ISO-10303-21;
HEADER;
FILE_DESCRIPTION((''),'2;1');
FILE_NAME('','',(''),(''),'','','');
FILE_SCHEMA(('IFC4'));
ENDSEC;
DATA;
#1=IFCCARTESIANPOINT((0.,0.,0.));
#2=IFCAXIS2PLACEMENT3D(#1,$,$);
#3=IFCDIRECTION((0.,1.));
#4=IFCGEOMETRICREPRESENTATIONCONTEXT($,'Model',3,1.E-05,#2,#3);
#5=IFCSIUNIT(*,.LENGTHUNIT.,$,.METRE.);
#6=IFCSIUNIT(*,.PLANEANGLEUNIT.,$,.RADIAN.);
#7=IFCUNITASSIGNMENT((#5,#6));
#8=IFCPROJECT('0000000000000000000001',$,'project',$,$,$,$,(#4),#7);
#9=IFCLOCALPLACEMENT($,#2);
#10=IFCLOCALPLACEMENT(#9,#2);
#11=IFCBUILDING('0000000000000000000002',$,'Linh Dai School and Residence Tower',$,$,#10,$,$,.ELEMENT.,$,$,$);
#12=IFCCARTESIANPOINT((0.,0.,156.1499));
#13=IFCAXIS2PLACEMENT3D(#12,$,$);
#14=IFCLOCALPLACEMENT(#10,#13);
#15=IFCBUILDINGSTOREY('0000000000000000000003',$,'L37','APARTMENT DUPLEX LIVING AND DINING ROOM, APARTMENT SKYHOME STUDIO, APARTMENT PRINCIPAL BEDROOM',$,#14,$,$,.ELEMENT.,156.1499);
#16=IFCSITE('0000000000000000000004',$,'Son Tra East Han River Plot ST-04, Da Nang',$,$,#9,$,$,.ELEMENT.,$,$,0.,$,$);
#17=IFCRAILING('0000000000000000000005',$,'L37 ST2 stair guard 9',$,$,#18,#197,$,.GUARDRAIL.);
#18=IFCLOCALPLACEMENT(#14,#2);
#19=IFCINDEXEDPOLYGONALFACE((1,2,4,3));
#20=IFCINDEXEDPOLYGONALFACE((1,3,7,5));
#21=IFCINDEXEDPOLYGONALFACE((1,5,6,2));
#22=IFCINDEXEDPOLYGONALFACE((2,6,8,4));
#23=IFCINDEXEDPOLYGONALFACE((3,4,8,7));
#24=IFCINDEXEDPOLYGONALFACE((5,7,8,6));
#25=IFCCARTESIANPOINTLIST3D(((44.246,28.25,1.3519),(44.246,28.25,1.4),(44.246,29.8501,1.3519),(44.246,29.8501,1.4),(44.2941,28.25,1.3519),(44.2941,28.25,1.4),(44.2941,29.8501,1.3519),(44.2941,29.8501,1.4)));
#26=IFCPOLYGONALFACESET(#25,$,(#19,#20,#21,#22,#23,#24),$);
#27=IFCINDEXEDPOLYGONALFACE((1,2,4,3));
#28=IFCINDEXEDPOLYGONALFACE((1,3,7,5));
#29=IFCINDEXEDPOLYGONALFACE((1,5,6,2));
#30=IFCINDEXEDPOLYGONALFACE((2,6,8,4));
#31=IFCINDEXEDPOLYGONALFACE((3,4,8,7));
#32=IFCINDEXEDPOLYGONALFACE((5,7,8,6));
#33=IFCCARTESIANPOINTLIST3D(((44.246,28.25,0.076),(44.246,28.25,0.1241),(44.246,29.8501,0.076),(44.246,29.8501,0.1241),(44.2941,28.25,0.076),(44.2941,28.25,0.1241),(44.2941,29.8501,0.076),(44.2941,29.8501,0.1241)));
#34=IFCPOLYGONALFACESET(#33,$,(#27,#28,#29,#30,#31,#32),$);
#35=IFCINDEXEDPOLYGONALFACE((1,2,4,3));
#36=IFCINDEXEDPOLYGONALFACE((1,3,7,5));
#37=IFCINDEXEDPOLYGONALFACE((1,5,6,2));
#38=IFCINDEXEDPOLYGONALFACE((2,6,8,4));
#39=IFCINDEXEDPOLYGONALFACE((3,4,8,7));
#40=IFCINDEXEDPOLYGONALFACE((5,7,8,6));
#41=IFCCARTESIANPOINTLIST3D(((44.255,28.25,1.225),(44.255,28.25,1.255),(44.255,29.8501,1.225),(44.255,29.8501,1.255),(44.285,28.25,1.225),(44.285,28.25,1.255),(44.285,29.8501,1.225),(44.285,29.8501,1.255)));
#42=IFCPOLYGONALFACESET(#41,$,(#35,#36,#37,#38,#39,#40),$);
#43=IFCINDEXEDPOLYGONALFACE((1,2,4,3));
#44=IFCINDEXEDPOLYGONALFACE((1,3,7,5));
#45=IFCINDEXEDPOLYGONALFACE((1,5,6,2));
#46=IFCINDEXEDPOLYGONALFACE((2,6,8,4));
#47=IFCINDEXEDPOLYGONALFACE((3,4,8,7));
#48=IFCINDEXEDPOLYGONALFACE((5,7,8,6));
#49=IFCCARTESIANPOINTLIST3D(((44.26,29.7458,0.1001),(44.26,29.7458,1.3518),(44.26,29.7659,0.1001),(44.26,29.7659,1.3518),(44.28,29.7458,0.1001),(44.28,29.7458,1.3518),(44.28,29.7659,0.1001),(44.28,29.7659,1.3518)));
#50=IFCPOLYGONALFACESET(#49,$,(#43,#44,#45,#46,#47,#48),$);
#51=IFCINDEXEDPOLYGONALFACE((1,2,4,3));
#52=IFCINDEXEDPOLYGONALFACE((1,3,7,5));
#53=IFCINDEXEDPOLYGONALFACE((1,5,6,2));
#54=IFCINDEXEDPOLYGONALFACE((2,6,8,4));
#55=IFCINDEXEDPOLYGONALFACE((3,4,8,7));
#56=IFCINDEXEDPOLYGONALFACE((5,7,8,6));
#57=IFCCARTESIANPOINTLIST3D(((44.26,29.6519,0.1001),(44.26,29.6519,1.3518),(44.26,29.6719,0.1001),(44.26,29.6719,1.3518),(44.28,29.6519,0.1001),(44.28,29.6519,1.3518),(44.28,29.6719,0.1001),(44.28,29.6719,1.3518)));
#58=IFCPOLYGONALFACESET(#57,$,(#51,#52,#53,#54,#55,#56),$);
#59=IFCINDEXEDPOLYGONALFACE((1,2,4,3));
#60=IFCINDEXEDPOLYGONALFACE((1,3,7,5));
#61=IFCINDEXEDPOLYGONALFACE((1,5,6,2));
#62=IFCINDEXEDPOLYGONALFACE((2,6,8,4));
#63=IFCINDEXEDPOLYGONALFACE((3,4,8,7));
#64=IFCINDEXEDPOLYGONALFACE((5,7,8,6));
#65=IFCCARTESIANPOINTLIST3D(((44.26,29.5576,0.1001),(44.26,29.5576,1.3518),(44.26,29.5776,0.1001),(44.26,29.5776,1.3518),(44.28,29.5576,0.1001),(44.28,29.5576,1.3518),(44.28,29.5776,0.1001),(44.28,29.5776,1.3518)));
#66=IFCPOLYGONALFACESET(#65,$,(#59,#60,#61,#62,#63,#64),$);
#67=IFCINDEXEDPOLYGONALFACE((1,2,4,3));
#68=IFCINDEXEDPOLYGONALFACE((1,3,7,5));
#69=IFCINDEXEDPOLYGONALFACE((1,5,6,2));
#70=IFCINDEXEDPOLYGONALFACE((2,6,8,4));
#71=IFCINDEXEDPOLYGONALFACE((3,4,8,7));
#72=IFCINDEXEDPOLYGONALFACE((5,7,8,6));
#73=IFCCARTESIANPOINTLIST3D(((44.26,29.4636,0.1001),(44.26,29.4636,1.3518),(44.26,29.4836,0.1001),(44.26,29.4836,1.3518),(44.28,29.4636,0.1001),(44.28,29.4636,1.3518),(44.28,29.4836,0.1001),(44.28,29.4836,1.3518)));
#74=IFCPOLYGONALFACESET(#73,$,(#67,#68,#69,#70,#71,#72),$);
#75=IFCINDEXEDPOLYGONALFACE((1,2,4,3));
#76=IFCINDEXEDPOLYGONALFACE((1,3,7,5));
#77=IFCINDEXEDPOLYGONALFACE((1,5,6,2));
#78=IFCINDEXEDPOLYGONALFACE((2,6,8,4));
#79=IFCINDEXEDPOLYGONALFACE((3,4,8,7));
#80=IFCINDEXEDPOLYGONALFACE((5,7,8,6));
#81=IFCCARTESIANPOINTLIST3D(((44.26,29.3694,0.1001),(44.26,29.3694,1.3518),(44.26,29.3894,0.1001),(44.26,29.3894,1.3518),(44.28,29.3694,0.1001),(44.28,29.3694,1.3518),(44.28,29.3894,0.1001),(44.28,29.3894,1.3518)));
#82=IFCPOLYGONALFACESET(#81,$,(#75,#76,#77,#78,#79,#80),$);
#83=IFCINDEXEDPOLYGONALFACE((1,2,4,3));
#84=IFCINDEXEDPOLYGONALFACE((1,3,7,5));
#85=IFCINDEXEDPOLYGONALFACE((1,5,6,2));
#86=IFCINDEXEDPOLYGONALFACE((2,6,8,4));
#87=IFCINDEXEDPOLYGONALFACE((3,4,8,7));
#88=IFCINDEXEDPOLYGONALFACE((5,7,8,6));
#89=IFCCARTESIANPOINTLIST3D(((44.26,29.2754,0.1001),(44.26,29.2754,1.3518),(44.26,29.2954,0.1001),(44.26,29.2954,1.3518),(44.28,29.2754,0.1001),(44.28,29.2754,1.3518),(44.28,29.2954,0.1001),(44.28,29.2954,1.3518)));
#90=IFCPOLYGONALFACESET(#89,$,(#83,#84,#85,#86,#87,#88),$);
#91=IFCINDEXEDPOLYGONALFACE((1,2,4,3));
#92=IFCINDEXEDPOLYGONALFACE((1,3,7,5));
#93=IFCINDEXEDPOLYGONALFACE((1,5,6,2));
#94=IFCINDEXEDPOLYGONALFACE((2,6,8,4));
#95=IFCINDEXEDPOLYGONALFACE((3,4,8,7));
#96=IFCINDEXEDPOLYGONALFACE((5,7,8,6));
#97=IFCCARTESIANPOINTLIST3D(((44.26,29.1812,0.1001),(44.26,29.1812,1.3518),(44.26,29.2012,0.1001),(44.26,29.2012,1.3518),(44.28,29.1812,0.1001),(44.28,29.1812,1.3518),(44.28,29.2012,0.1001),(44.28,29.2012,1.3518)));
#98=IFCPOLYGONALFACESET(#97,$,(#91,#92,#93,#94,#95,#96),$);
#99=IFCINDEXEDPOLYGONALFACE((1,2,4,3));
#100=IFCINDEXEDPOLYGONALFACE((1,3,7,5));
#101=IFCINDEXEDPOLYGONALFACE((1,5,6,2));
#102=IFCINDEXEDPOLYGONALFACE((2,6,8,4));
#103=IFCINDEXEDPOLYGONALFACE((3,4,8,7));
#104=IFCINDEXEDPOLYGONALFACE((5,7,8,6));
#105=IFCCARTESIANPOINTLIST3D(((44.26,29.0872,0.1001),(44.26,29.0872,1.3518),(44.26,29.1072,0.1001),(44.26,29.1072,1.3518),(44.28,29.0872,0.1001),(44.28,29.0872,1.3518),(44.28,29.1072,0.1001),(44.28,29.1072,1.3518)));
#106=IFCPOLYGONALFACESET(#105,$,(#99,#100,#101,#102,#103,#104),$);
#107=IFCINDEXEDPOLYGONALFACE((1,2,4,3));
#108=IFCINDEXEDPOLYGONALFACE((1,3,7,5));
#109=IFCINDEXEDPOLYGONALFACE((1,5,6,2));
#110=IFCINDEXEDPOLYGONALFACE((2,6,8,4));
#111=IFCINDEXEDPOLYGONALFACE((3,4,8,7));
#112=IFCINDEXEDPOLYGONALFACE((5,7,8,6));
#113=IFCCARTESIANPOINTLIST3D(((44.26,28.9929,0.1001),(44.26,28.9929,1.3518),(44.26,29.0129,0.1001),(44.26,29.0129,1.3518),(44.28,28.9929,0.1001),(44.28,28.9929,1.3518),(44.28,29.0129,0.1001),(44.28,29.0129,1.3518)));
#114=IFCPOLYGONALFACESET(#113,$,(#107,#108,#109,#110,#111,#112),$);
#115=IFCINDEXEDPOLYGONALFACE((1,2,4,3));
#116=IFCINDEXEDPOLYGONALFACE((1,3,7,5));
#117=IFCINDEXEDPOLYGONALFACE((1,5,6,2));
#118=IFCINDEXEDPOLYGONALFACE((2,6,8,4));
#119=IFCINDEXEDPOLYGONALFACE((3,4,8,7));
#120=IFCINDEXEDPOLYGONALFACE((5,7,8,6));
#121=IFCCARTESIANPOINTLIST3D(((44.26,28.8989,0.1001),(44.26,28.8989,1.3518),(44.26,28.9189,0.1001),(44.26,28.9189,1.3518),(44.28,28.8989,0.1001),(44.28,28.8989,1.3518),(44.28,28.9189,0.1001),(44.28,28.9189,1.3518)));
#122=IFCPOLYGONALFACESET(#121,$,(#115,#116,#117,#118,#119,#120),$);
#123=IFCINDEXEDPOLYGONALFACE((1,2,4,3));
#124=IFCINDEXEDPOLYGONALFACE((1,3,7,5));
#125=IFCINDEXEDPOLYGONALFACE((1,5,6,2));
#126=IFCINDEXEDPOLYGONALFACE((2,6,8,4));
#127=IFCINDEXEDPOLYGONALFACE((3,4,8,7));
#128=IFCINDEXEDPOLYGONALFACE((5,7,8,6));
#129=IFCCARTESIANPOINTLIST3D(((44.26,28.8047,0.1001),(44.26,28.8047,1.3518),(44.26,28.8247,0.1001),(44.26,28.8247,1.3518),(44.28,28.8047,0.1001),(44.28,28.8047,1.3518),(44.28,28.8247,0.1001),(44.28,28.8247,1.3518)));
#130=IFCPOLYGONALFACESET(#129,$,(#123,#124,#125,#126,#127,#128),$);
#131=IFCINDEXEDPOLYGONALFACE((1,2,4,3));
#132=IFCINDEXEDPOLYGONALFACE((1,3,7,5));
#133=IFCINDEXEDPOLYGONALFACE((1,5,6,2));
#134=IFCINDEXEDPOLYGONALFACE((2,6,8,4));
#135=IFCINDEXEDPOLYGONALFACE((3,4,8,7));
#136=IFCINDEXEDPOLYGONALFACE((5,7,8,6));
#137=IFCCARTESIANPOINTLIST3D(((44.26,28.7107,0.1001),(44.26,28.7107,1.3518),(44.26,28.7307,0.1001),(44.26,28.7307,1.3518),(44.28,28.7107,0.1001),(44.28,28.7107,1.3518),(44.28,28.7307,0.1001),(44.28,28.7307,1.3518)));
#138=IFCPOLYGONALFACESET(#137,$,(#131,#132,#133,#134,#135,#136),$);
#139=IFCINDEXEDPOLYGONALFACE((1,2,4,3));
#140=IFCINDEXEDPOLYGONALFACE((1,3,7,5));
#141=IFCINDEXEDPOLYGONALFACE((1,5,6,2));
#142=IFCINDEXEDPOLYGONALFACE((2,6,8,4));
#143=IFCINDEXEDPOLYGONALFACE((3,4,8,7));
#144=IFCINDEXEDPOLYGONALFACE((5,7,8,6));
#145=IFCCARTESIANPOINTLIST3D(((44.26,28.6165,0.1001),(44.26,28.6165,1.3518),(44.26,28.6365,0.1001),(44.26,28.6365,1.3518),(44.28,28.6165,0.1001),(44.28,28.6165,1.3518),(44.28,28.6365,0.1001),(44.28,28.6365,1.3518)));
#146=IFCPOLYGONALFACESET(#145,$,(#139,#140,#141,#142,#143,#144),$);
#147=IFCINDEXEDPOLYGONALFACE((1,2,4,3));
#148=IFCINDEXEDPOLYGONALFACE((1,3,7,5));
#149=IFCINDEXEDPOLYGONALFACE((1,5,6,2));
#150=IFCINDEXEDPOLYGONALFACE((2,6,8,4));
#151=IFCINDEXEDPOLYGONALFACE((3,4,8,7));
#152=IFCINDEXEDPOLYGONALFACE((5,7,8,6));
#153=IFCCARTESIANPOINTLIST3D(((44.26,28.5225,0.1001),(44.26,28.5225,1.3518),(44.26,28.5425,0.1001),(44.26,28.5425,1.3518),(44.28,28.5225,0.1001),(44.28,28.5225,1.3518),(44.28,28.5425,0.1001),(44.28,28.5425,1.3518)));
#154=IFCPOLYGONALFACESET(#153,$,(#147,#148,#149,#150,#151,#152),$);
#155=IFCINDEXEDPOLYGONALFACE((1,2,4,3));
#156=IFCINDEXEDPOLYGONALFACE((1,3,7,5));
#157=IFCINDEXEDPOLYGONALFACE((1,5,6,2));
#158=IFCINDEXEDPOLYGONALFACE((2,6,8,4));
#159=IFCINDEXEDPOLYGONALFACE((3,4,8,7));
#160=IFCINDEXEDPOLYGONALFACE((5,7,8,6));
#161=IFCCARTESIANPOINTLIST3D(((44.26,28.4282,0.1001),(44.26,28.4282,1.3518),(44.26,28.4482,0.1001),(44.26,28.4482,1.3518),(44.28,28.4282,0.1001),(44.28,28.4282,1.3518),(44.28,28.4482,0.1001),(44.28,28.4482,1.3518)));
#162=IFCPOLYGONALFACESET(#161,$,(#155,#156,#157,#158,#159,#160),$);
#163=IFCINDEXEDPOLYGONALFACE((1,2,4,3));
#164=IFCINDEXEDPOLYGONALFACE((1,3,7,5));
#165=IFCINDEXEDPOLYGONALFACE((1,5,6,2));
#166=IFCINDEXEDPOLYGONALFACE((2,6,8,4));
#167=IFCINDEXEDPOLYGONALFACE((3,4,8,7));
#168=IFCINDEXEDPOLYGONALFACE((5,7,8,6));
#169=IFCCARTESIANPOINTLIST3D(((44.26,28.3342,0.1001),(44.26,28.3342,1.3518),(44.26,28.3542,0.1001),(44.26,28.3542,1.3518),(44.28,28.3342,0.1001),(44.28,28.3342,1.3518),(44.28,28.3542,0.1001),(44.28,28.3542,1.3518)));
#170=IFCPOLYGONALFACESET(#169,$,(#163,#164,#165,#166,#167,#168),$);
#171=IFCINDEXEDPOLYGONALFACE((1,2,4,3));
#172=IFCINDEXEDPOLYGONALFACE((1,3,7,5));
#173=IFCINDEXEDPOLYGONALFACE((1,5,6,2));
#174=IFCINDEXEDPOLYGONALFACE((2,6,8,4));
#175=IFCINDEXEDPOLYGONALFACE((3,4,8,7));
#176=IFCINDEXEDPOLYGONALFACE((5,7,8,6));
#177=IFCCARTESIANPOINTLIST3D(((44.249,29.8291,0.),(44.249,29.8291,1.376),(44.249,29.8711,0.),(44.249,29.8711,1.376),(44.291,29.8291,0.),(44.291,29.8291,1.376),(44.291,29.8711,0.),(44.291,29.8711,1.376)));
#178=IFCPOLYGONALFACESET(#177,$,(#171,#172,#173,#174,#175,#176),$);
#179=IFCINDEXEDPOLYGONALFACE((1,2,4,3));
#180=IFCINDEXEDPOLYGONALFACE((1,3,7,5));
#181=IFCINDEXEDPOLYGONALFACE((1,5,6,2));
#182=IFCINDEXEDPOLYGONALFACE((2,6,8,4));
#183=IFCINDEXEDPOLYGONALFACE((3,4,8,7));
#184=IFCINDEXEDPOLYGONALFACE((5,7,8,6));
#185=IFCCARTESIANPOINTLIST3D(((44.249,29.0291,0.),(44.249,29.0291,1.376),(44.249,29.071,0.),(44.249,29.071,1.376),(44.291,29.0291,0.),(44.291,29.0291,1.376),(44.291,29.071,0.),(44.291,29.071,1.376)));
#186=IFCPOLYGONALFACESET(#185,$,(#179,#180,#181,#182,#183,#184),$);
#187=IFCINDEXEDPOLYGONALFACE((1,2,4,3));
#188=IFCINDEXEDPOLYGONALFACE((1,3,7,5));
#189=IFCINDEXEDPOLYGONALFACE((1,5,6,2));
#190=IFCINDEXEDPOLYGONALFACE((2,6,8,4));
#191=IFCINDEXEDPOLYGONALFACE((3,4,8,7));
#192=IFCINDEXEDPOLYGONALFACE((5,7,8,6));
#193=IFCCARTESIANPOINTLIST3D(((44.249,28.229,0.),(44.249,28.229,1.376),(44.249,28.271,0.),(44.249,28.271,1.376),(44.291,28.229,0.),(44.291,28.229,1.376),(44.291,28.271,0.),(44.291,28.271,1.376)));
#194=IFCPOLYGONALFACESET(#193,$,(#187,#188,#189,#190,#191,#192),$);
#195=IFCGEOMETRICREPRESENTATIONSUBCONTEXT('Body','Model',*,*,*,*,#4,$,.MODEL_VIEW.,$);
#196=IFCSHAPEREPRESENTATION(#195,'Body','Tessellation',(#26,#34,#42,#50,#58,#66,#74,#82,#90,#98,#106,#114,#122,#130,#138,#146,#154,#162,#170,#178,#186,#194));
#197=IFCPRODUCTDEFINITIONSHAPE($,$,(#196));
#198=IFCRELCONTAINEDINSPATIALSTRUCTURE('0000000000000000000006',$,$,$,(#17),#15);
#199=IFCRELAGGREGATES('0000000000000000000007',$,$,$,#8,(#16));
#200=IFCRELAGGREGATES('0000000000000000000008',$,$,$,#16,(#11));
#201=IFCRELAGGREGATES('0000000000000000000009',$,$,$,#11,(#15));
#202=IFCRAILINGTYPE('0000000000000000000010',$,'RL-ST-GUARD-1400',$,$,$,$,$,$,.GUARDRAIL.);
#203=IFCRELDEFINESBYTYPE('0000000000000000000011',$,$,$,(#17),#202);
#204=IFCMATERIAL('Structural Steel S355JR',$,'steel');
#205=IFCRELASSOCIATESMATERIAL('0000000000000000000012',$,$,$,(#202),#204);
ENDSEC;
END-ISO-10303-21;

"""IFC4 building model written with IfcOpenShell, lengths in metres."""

from ifc_helpers import new_model, si_unit, direction, frame, origin, origin_2d, place, context, subcontext, project, spatial, rectangle, extrude, source, transform, mapped, material, type_object, element, save


model = new_model("IFC4")

# Units and contexts
model_context = context("Model", 3, precision=1e-05, world=origin(), true_north=direction((0.0, 1.0)))
body_context = subcontext(model_context, "Body", "Model", "MODEL_VIEW")
ifc_project = project(units=[si_unit("LENGTHUNIT", "METRE"), si_unit("PLANEANGLEUNIT", "RADIAN")], contexts=[model_context])

# Site, building, storey
site_placement = place(None, origin())
site = spatial("IfcSite", under=ifc_project, at=site_placement, Name="Son Tra East Han River Plot ST-04, Da Nang", CompositionType="ELEMENT", RefElevation=0.0)
building_placement = place(site_placement, origin())
building = spatial("IfcBuilding", under=site, at=building_placement, Name="Linh Dai School and Residence Tower", CompositionType="ELEMENT")
storey_placement = place(building_placement, frame((0.0, 0.0, 156.1499)))
storey = spatial("IfcBuildingStorey", under=building, at=storey_placement, Name="L37", Description="APARTMENT DUPLEX LIVING AND DINING ROOM, APARTMENT SKYHOME STUDIO, APARTMENT PRINCIPAL BEDROOM", CompositionType="ELEMENT", Elevation=156.1499)

# Shared definitions
ifc_material_1 = material(Name="Structural Steel S355JR", Category="steel")

# Railing
railing_type_1 = type_object("IfcRailingType", Name="RL-ST-GUARD-1400", PredefinedType="GUARDRAIL", material=ifc_material_1)
shared_shape_1 = source(origin(), body_context, "Body", "SweptSolid", [
    extrude(rectangle(XDim=0.0481, YDim=0.0481, at=origin_2d()), frame((0.0, 0.0, 1.376), z_axis=(0.0, -1.0, 0.0), x_axis=(1.0, 0.0, 0.0)), (0.0, 0.0, 1.0), 1.6001),
    extrude(rectangle(XDim=0.0481, YDim=0.0481, at=origin_2d()), frame((0.0, 0.0, 0.1001), z_axis=(0.0, -1.0, 0.0), x_axis=(1.0, 0.0, 0.0)), (0.0, 0.0, 1.0), 1.6001),
    extrude(rectangle(XDim=0.03, YDim=0.03, at=origin_2d()), frame((0.0, 0.0, 1.24), z_axis=(0.0, -1.0, 0.0), x_axis=(1.0, 0.0, 0.0)), (0.0, 0.0, 1.0), 1.6001),
    extrude(rectangle(XDim=0.02, YDim=0.02, at=origin_2d()), frame((0.0, -0.0942, 0.1001)), (0.0, 0.0, 1.0), 1.2517),
    extrude(rectangle(XDim=0.02, YDim=0.02, at=origin_2d()), frame((0.0, -0.1882, 0.1001)), (0.0, 0.0, 1.0), 1.2517),
    extrude(rectangle(XDim=0.02, YDim=0.02, at=origin_2d()), frame((0.0, -0.2825, 0.1001)), (0.0, 0.0, 1.0), 1.2517),
    extrude(rectangle(XDim=0.02, YDim=0.02, at=origin_2d()), frame((0.0, -0.3765, 0.1001)), (0.0, 0.0, 1.0), 1.2517),
    extrude(rectangle(XDim=0.02, YDim=0.02, at=origin_2d()), frame((0.0, -0.4707, 0.1001)), (0.0, 0.0, 1.0), 1.2517),
    extrude(rectangle(XDim=0.02, YDim=0.02, at=origin_2d()), frame((0.0, -0.5647, 0.1001)), (0.0, 0.0, 1.0), 1.2517),
    extrude(rectangle(XDim=0.02, YDim=0.02, at=origin_2d()), frame((0.0, -0.6589, 0.1001)), (0.0, 0.0, 1.0), 1.2517),
    extrude(rectangle(XDim=0.02, YDim=0.02, at=origin_2d()), frame((0.0, -0.7529, 0.1001)), (0.0, 0.0, 1.0), 1.2517),
    extrude(rectangle(XDim=0.02, YDim=0.02, at=origin_2d()), frame((0.0, -0.8472, 0.1001)), (0.0, 0.0, 1.0), 1.2517),
    extrude(rectangle(XDim=0.02, YDim=0.02, at=origin_2d()), frame((0.0, -0.9412, 0.1001)), (0.0, 0.0, 1.0), 1.2517),
    extrude(rectangle(XDim=0.02, YDim=0.02, at=origin_2d()), frame((0.0, -1.0354, 0.1001)), (0.0, 0.0, 1.0), 1.2517),
    extrude(rectangle(XDim=0.02, YDim=0.02, at=origin_2d()), frame((0.0, -1.1294, 0.1001)), (0.0, 0.0, 1.0), 1.2517),
    extrude(rectangle(XDim=0.02, YDim=0.02, at=origin_2d()), frame((0.0, -1.2236, 0.1001)), (0.0, 0.0, 1.0), 1.2517),
    extrude(rectangle(XDim=0.02, YDim=0.02, at=origin_2d()), frame((0.0, -1.3176, 0.1001)), (0.0, 0.0, 1.0), 1.2517),
    extrude(rectangle(XDim=0.02, YDim=0.02, at=origin_2d()), frame((0.0, -1.4119, 0.1001)), (0.0, 0.0, 1.0), 1.2517),
    extrude(rectangle(XDim=0.02, YDim=0.02, at=origin_2d()), frame((0.0, -1.5059, 0.1001)), (0.0, 0.0, 1.0), 1.2517),
    extrude(rectangle(XDim=0.042, YDim=0.042, at=origin_2d()), origin(), (0.0, 0.0, 1.0), 1.376),
    extrude(rectangle(XDim=0.042, YDim=0.042, at=origin_2d()), frame((0.0, -0.8, 0.0)), (0.0, 0.0, 1.0), 1.376),
    extrude(rectangle(XDim=0.042, YDim=0.042, at=origin_2d()), frame((0.0, -1.6001, 0.0)), (0.0, 0.0, 1.0), 1.376),
])
for number, where, name in (
    (1, (44.27, 29.8501, 0.0), "L37 ST2 stair guard 9"),
):
    element("IfcRailing", number, at=place(storey_placement, frame(where)), inside=storey, type_object=railing_type_1, Name=name, PredefinedType="GUARDRAIL", context=body_context, shape_type="MappedRepresentation", body=[
        mapped(shared_shape_1, transform((0.0, 0.0, 0.0), x_axis=(1.0, 0.0, 0.0), y_axis=(0.0, 1.0, 0.0), z_axis=(0.0, 0.0, 1.0), scale=1.0)),
    ])

save(model, "model.ifc")
